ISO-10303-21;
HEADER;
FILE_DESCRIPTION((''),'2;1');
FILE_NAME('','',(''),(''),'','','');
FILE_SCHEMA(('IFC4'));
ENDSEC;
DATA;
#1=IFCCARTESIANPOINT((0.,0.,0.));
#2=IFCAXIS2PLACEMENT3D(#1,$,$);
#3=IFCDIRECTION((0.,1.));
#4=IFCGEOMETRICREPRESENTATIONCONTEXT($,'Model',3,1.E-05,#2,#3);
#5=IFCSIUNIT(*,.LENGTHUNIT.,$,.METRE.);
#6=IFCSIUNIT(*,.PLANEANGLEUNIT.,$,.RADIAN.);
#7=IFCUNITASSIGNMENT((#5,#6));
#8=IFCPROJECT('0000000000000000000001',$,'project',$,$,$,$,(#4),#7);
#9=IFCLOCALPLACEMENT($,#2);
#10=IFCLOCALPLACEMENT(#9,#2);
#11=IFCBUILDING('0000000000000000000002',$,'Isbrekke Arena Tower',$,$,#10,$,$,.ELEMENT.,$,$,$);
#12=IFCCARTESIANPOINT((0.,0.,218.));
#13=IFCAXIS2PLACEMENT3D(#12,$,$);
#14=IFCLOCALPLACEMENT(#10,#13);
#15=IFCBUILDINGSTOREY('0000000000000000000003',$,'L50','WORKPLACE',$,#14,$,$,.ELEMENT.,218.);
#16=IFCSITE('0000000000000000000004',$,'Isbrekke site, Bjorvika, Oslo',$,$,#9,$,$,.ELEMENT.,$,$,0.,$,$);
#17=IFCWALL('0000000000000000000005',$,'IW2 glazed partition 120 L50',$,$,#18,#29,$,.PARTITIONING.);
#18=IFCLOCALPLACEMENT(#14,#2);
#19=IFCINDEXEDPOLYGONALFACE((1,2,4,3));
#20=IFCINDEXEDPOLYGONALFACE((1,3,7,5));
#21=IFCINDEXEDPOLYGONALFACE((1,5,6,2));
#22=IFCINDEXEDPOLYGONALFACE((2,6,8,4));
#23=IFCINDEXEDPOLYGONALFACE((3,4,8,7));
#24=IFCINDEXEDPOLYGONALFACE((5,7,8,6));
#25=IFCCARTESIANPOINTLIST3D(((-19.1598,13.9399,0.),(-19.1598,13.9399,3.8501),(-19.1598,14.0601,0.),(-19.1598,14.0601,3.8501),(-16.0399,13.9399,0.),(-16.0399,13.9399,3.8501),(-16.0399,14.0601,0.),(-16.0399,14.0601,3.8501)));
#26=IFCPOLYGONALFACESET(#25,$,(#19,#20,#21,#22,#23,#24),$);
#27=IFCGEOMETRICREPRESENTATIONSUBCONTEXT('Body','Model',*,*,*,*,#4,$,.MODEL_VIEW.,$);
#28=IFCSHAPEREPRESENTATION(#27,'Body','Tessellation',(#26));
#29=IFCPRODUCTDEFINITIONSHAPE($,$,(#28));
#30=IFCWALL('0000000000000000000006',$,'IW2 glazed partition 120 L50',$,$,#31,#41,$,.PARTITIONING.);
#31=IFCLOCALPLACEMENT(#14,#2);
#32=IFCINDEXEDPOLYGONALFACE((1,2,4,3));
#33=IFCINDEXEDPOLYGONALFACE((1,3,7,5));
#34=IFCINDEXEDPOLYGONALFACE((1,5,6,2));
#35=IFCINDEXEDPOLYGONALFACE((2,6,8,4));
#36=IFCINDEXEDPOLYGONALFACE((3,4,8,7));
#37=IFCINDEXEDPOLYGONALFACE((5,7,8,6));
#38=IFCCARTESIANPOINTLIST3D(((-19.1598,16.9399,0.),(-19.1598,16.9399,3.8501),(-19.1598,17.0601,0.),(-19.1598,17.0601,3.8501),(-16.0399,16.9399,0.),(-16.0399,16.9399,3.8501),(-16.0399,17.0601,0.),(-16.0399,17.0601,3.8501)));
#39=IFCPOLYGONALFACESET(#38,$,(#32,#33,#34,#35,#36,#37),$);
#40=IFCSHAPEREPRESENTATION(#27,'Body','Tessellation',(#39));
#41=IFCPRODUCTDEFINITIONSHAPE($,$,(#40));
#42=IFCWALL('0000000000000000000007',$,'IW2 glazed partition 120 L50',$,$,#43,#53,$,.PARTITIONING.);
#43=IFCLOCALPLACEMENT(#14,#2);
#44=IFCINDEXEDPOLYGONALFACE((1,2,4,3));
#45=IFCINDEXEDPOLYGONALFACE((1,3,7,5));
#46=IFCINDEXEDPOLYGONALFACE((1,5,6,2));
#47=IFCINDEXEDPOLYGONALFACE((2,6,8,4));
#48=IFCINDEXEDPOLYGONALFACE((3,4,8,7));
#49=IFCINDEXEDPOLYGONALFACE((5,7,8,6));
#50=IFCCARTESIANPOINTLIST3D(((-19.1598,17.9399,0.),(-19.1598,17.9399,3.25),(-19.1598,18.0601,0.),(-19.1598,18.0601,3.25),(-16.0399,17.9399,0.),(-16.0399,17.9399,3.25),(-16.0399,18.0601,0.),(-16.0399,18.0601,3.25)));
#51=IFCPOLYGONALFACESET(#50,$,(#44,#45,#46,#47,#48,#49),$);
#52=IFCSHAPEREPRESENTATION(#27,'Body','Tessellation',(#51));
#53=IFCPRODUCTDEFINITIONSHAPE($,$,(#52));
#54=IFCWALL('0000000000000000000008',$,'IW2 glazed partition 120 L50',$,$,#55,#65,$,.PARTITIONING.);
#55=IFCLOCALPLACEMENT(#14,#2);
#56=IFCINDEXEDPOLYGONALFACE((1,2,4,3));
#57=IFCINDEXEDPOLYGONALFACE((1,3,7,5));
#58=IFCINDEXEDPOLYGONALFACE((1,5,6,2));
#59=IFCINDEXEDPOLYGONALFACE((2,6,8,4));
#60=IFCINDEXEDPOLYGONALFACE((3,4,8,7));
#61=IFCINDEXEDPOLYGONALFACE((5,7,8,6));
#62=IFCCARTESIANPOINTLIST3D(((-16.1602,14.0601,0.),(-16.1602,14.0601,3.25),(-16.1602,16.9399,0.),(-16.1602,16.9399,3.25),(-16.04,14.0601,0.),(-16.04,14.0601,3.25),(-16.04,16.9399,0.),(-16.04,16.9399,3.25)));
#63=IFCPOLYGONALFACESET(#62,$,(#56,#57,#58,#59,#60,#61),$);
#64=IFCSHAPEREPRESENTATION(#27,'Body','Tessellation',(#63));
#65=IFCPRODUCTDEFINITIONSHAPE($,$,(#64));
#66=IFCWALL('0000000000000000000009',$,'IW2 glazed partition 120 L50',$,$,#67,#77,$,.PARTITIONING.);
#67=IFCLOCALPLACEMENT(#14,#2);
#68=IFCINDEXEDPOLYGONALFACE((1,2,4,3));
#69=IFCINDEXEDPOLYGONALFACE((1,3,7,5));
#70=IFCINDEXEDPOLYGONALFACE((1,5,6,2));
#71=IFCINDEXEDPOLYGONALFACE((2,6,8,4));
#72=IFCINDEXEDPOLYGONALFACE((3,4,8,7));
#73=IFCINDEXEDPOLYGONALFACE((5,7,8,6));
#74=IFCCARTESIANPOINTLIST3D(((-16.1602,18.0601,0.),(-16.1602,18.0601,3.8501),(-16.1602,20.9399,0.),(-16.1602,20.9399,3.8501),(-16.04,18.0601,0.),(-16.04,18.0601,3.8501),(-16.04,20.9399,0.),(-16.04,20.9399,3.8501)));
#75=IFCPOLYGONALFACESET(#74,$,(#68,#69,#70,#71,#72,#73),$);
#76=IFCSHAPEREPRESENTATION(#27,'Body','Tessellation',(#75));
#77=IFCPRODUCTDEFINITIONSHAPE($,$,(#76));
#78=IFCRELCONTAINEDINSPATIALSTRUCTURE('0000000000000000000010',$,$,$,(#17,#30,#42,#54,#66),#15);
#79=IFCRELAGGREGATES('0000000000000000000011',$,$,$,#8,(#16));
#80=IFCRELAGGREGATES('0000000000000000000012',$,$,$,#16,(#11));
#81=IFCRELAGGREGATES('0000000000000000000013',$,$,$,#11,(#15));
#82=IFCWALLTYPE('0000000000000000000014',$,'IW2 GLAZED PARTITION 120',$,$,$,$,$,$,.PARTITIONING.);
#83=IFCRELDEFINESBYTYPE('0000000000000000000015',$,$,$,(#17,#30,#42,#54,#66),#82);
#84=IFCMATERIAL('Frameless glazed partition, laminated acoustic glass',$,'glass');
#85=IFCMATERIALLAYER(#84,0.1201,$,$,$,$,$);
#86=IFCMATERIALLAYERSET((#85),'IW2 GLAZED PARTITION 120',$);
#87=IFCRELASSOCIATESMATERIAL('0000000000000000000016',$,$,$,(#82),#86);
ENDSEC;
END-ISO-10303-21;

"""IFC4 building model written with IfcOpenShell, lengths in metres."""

from ifc_helpers import new_model, si_unit, direction, frame, frame_2d, origin, place, context, subcontext, project, spatial, rectangle, extrude, material, layer, layer_set, type_object, element, save


model = new_model("IFC4")

# Units and contexts
model_context = context("Model", 3, precision=1e-05, world=origin(), true_north=direction((0.0, 1.0)))
body_context = subcontext(model_context, "Body", "Model", "MODEL_VIEW")
ifc_project = project(units=[si_unit("LENGTHUNIT", "METRE"), si_unit("PLANEANGLEUNIT", "RADIAN")], contexts=[model_context])

# Site, building, storey
site_placement = place(None, origin())
site = spatial("IfcSite", under=ifc_project, at=site_placement, Name="Isbrekke site, Bjorvika, Oslo", CompositionType="ELEMENT", RefElevation=0.0)
building_placement = place(site_placement, origin())
building = spatial("IfcBuilding", under=site, at=building_placement, Name="Isbrekke Arena Tower", CompositionType="ELEMENT")
storey_placement = place(building_placement, frame((0.0, 0.0, 218.0)))
storey = spatial("IfcBuildingStorey", under=building, at=storey_placement, Name="L50", Description="WORKPLACE", CompositionType="ELEMENT", Elevation=218.0)

# Walls
ifc_material_1 = material(Name="Frameless glazed partition, laminated acoustic glass", Category="glass")
ifc_layer_1 = layer(ifc_material_1, 0.1201)
ifc_layer_set_1 = layer_set([ifc_layer_1], Name="IW2 GLAZED PARTITION 120")
wall_type_1 = type_object("IfcWallType", Name="IW2 GLAZED PARTITION 120", PredefinedType="PARTITIONING", material=ifc_layer_set_1)
for number, where, z_axis, x_axis, name in (
    (1, (-19.1599, 14.0, 0.0), (0.0, 0.0, 1.0), (1.0, 0.0, 0.0), "IW2 glazed partition 120 L50"),
    (2, (-19.1599, 17.0, 0.0), (0.0, 0.0, 1.0), (1.0, 0.0, 0.0), "IW2 glazed partition 120 L50"),
):
    element("IfcWall", number, at=place(storey_placement, frame(where, z_axis=z_axis, x_axis=x_axis)), inside=storey, type_object=wall_type_1, Name=name, PredefinedType="PARTITIONING", context=body_context, shape_type="SweptSolid", body=[
        extrude(rectangle(XDim=3.1199, YDim=0.1201, at=frame_2d((1.5601, 0.0))), origin(), (0.0, 0.0, 1.0), 3.8501),
    ])
wall_1_placement = place(storey_placement, frame((-19.1599, 18.0, 0.0), z_axis=(0.0, 0.0, 1.0), x_axis=(1.0, 0.0, 0.0)))
element("IfcWall", 3, at=wall_1_placement, inside=storey, type_object=wall_type_1, Name="IW2 glazed partition 120 L50", PredefinedType="PARTITIONING", context=body_context, shape_type="SweptSolid", body=[
    extrude(rectangle(XDim=3.1199, YDim=0.1201, at=frame_2d((1.5601, 0.0))), origin(), (0.0, 0.0, 1.0), 3.25),
])

# Walls
wall_2_placement = place(storey_placement, frame((-16.1001, 14.0601, 0.0), z_axis=(0.0, 0.0, 1.0), x_axis=(0.0, 1.0, 0.0)))
element("IfcWall", 4, at=wall_2_placement, inside=storey, type_object=wall_type_1, Name="IW2 glazed partition 120 L50", PredefinedType="PARTITIONING", context=body_context, shape_type="SweptSolid", body=[
    extrude(rectangle(XDim=2.8799, YDim=0.1201, at=frame_2d((1.4399, 0.0))), origin(), (0.0, 0.0, 1.0), 3.25),
])
wall_3_placement = place(storey_placement, frame((-16.1001, 18.0601, 0.0), z_axis=(0.0, 0.0, 1.0), x_axis=(0.0, 1.0, 0.0)))
element("IfcWall", 5, at=wall_3_placement, inside=storey, type_object=wall_type_1, Name="IW2 glazed partition 120 L50", PredefinedType="PARTITIONING", context=body_context, shape_type="SweptSolid", body=[
    extrude(rectangle(XDim=2.8799, YDim=0.1201, at=frame_2d((1.4399, 0.0))), origin(), (0.0, 0.0, 1.0), 3.8501),
])

save(model, "model.ifc")
